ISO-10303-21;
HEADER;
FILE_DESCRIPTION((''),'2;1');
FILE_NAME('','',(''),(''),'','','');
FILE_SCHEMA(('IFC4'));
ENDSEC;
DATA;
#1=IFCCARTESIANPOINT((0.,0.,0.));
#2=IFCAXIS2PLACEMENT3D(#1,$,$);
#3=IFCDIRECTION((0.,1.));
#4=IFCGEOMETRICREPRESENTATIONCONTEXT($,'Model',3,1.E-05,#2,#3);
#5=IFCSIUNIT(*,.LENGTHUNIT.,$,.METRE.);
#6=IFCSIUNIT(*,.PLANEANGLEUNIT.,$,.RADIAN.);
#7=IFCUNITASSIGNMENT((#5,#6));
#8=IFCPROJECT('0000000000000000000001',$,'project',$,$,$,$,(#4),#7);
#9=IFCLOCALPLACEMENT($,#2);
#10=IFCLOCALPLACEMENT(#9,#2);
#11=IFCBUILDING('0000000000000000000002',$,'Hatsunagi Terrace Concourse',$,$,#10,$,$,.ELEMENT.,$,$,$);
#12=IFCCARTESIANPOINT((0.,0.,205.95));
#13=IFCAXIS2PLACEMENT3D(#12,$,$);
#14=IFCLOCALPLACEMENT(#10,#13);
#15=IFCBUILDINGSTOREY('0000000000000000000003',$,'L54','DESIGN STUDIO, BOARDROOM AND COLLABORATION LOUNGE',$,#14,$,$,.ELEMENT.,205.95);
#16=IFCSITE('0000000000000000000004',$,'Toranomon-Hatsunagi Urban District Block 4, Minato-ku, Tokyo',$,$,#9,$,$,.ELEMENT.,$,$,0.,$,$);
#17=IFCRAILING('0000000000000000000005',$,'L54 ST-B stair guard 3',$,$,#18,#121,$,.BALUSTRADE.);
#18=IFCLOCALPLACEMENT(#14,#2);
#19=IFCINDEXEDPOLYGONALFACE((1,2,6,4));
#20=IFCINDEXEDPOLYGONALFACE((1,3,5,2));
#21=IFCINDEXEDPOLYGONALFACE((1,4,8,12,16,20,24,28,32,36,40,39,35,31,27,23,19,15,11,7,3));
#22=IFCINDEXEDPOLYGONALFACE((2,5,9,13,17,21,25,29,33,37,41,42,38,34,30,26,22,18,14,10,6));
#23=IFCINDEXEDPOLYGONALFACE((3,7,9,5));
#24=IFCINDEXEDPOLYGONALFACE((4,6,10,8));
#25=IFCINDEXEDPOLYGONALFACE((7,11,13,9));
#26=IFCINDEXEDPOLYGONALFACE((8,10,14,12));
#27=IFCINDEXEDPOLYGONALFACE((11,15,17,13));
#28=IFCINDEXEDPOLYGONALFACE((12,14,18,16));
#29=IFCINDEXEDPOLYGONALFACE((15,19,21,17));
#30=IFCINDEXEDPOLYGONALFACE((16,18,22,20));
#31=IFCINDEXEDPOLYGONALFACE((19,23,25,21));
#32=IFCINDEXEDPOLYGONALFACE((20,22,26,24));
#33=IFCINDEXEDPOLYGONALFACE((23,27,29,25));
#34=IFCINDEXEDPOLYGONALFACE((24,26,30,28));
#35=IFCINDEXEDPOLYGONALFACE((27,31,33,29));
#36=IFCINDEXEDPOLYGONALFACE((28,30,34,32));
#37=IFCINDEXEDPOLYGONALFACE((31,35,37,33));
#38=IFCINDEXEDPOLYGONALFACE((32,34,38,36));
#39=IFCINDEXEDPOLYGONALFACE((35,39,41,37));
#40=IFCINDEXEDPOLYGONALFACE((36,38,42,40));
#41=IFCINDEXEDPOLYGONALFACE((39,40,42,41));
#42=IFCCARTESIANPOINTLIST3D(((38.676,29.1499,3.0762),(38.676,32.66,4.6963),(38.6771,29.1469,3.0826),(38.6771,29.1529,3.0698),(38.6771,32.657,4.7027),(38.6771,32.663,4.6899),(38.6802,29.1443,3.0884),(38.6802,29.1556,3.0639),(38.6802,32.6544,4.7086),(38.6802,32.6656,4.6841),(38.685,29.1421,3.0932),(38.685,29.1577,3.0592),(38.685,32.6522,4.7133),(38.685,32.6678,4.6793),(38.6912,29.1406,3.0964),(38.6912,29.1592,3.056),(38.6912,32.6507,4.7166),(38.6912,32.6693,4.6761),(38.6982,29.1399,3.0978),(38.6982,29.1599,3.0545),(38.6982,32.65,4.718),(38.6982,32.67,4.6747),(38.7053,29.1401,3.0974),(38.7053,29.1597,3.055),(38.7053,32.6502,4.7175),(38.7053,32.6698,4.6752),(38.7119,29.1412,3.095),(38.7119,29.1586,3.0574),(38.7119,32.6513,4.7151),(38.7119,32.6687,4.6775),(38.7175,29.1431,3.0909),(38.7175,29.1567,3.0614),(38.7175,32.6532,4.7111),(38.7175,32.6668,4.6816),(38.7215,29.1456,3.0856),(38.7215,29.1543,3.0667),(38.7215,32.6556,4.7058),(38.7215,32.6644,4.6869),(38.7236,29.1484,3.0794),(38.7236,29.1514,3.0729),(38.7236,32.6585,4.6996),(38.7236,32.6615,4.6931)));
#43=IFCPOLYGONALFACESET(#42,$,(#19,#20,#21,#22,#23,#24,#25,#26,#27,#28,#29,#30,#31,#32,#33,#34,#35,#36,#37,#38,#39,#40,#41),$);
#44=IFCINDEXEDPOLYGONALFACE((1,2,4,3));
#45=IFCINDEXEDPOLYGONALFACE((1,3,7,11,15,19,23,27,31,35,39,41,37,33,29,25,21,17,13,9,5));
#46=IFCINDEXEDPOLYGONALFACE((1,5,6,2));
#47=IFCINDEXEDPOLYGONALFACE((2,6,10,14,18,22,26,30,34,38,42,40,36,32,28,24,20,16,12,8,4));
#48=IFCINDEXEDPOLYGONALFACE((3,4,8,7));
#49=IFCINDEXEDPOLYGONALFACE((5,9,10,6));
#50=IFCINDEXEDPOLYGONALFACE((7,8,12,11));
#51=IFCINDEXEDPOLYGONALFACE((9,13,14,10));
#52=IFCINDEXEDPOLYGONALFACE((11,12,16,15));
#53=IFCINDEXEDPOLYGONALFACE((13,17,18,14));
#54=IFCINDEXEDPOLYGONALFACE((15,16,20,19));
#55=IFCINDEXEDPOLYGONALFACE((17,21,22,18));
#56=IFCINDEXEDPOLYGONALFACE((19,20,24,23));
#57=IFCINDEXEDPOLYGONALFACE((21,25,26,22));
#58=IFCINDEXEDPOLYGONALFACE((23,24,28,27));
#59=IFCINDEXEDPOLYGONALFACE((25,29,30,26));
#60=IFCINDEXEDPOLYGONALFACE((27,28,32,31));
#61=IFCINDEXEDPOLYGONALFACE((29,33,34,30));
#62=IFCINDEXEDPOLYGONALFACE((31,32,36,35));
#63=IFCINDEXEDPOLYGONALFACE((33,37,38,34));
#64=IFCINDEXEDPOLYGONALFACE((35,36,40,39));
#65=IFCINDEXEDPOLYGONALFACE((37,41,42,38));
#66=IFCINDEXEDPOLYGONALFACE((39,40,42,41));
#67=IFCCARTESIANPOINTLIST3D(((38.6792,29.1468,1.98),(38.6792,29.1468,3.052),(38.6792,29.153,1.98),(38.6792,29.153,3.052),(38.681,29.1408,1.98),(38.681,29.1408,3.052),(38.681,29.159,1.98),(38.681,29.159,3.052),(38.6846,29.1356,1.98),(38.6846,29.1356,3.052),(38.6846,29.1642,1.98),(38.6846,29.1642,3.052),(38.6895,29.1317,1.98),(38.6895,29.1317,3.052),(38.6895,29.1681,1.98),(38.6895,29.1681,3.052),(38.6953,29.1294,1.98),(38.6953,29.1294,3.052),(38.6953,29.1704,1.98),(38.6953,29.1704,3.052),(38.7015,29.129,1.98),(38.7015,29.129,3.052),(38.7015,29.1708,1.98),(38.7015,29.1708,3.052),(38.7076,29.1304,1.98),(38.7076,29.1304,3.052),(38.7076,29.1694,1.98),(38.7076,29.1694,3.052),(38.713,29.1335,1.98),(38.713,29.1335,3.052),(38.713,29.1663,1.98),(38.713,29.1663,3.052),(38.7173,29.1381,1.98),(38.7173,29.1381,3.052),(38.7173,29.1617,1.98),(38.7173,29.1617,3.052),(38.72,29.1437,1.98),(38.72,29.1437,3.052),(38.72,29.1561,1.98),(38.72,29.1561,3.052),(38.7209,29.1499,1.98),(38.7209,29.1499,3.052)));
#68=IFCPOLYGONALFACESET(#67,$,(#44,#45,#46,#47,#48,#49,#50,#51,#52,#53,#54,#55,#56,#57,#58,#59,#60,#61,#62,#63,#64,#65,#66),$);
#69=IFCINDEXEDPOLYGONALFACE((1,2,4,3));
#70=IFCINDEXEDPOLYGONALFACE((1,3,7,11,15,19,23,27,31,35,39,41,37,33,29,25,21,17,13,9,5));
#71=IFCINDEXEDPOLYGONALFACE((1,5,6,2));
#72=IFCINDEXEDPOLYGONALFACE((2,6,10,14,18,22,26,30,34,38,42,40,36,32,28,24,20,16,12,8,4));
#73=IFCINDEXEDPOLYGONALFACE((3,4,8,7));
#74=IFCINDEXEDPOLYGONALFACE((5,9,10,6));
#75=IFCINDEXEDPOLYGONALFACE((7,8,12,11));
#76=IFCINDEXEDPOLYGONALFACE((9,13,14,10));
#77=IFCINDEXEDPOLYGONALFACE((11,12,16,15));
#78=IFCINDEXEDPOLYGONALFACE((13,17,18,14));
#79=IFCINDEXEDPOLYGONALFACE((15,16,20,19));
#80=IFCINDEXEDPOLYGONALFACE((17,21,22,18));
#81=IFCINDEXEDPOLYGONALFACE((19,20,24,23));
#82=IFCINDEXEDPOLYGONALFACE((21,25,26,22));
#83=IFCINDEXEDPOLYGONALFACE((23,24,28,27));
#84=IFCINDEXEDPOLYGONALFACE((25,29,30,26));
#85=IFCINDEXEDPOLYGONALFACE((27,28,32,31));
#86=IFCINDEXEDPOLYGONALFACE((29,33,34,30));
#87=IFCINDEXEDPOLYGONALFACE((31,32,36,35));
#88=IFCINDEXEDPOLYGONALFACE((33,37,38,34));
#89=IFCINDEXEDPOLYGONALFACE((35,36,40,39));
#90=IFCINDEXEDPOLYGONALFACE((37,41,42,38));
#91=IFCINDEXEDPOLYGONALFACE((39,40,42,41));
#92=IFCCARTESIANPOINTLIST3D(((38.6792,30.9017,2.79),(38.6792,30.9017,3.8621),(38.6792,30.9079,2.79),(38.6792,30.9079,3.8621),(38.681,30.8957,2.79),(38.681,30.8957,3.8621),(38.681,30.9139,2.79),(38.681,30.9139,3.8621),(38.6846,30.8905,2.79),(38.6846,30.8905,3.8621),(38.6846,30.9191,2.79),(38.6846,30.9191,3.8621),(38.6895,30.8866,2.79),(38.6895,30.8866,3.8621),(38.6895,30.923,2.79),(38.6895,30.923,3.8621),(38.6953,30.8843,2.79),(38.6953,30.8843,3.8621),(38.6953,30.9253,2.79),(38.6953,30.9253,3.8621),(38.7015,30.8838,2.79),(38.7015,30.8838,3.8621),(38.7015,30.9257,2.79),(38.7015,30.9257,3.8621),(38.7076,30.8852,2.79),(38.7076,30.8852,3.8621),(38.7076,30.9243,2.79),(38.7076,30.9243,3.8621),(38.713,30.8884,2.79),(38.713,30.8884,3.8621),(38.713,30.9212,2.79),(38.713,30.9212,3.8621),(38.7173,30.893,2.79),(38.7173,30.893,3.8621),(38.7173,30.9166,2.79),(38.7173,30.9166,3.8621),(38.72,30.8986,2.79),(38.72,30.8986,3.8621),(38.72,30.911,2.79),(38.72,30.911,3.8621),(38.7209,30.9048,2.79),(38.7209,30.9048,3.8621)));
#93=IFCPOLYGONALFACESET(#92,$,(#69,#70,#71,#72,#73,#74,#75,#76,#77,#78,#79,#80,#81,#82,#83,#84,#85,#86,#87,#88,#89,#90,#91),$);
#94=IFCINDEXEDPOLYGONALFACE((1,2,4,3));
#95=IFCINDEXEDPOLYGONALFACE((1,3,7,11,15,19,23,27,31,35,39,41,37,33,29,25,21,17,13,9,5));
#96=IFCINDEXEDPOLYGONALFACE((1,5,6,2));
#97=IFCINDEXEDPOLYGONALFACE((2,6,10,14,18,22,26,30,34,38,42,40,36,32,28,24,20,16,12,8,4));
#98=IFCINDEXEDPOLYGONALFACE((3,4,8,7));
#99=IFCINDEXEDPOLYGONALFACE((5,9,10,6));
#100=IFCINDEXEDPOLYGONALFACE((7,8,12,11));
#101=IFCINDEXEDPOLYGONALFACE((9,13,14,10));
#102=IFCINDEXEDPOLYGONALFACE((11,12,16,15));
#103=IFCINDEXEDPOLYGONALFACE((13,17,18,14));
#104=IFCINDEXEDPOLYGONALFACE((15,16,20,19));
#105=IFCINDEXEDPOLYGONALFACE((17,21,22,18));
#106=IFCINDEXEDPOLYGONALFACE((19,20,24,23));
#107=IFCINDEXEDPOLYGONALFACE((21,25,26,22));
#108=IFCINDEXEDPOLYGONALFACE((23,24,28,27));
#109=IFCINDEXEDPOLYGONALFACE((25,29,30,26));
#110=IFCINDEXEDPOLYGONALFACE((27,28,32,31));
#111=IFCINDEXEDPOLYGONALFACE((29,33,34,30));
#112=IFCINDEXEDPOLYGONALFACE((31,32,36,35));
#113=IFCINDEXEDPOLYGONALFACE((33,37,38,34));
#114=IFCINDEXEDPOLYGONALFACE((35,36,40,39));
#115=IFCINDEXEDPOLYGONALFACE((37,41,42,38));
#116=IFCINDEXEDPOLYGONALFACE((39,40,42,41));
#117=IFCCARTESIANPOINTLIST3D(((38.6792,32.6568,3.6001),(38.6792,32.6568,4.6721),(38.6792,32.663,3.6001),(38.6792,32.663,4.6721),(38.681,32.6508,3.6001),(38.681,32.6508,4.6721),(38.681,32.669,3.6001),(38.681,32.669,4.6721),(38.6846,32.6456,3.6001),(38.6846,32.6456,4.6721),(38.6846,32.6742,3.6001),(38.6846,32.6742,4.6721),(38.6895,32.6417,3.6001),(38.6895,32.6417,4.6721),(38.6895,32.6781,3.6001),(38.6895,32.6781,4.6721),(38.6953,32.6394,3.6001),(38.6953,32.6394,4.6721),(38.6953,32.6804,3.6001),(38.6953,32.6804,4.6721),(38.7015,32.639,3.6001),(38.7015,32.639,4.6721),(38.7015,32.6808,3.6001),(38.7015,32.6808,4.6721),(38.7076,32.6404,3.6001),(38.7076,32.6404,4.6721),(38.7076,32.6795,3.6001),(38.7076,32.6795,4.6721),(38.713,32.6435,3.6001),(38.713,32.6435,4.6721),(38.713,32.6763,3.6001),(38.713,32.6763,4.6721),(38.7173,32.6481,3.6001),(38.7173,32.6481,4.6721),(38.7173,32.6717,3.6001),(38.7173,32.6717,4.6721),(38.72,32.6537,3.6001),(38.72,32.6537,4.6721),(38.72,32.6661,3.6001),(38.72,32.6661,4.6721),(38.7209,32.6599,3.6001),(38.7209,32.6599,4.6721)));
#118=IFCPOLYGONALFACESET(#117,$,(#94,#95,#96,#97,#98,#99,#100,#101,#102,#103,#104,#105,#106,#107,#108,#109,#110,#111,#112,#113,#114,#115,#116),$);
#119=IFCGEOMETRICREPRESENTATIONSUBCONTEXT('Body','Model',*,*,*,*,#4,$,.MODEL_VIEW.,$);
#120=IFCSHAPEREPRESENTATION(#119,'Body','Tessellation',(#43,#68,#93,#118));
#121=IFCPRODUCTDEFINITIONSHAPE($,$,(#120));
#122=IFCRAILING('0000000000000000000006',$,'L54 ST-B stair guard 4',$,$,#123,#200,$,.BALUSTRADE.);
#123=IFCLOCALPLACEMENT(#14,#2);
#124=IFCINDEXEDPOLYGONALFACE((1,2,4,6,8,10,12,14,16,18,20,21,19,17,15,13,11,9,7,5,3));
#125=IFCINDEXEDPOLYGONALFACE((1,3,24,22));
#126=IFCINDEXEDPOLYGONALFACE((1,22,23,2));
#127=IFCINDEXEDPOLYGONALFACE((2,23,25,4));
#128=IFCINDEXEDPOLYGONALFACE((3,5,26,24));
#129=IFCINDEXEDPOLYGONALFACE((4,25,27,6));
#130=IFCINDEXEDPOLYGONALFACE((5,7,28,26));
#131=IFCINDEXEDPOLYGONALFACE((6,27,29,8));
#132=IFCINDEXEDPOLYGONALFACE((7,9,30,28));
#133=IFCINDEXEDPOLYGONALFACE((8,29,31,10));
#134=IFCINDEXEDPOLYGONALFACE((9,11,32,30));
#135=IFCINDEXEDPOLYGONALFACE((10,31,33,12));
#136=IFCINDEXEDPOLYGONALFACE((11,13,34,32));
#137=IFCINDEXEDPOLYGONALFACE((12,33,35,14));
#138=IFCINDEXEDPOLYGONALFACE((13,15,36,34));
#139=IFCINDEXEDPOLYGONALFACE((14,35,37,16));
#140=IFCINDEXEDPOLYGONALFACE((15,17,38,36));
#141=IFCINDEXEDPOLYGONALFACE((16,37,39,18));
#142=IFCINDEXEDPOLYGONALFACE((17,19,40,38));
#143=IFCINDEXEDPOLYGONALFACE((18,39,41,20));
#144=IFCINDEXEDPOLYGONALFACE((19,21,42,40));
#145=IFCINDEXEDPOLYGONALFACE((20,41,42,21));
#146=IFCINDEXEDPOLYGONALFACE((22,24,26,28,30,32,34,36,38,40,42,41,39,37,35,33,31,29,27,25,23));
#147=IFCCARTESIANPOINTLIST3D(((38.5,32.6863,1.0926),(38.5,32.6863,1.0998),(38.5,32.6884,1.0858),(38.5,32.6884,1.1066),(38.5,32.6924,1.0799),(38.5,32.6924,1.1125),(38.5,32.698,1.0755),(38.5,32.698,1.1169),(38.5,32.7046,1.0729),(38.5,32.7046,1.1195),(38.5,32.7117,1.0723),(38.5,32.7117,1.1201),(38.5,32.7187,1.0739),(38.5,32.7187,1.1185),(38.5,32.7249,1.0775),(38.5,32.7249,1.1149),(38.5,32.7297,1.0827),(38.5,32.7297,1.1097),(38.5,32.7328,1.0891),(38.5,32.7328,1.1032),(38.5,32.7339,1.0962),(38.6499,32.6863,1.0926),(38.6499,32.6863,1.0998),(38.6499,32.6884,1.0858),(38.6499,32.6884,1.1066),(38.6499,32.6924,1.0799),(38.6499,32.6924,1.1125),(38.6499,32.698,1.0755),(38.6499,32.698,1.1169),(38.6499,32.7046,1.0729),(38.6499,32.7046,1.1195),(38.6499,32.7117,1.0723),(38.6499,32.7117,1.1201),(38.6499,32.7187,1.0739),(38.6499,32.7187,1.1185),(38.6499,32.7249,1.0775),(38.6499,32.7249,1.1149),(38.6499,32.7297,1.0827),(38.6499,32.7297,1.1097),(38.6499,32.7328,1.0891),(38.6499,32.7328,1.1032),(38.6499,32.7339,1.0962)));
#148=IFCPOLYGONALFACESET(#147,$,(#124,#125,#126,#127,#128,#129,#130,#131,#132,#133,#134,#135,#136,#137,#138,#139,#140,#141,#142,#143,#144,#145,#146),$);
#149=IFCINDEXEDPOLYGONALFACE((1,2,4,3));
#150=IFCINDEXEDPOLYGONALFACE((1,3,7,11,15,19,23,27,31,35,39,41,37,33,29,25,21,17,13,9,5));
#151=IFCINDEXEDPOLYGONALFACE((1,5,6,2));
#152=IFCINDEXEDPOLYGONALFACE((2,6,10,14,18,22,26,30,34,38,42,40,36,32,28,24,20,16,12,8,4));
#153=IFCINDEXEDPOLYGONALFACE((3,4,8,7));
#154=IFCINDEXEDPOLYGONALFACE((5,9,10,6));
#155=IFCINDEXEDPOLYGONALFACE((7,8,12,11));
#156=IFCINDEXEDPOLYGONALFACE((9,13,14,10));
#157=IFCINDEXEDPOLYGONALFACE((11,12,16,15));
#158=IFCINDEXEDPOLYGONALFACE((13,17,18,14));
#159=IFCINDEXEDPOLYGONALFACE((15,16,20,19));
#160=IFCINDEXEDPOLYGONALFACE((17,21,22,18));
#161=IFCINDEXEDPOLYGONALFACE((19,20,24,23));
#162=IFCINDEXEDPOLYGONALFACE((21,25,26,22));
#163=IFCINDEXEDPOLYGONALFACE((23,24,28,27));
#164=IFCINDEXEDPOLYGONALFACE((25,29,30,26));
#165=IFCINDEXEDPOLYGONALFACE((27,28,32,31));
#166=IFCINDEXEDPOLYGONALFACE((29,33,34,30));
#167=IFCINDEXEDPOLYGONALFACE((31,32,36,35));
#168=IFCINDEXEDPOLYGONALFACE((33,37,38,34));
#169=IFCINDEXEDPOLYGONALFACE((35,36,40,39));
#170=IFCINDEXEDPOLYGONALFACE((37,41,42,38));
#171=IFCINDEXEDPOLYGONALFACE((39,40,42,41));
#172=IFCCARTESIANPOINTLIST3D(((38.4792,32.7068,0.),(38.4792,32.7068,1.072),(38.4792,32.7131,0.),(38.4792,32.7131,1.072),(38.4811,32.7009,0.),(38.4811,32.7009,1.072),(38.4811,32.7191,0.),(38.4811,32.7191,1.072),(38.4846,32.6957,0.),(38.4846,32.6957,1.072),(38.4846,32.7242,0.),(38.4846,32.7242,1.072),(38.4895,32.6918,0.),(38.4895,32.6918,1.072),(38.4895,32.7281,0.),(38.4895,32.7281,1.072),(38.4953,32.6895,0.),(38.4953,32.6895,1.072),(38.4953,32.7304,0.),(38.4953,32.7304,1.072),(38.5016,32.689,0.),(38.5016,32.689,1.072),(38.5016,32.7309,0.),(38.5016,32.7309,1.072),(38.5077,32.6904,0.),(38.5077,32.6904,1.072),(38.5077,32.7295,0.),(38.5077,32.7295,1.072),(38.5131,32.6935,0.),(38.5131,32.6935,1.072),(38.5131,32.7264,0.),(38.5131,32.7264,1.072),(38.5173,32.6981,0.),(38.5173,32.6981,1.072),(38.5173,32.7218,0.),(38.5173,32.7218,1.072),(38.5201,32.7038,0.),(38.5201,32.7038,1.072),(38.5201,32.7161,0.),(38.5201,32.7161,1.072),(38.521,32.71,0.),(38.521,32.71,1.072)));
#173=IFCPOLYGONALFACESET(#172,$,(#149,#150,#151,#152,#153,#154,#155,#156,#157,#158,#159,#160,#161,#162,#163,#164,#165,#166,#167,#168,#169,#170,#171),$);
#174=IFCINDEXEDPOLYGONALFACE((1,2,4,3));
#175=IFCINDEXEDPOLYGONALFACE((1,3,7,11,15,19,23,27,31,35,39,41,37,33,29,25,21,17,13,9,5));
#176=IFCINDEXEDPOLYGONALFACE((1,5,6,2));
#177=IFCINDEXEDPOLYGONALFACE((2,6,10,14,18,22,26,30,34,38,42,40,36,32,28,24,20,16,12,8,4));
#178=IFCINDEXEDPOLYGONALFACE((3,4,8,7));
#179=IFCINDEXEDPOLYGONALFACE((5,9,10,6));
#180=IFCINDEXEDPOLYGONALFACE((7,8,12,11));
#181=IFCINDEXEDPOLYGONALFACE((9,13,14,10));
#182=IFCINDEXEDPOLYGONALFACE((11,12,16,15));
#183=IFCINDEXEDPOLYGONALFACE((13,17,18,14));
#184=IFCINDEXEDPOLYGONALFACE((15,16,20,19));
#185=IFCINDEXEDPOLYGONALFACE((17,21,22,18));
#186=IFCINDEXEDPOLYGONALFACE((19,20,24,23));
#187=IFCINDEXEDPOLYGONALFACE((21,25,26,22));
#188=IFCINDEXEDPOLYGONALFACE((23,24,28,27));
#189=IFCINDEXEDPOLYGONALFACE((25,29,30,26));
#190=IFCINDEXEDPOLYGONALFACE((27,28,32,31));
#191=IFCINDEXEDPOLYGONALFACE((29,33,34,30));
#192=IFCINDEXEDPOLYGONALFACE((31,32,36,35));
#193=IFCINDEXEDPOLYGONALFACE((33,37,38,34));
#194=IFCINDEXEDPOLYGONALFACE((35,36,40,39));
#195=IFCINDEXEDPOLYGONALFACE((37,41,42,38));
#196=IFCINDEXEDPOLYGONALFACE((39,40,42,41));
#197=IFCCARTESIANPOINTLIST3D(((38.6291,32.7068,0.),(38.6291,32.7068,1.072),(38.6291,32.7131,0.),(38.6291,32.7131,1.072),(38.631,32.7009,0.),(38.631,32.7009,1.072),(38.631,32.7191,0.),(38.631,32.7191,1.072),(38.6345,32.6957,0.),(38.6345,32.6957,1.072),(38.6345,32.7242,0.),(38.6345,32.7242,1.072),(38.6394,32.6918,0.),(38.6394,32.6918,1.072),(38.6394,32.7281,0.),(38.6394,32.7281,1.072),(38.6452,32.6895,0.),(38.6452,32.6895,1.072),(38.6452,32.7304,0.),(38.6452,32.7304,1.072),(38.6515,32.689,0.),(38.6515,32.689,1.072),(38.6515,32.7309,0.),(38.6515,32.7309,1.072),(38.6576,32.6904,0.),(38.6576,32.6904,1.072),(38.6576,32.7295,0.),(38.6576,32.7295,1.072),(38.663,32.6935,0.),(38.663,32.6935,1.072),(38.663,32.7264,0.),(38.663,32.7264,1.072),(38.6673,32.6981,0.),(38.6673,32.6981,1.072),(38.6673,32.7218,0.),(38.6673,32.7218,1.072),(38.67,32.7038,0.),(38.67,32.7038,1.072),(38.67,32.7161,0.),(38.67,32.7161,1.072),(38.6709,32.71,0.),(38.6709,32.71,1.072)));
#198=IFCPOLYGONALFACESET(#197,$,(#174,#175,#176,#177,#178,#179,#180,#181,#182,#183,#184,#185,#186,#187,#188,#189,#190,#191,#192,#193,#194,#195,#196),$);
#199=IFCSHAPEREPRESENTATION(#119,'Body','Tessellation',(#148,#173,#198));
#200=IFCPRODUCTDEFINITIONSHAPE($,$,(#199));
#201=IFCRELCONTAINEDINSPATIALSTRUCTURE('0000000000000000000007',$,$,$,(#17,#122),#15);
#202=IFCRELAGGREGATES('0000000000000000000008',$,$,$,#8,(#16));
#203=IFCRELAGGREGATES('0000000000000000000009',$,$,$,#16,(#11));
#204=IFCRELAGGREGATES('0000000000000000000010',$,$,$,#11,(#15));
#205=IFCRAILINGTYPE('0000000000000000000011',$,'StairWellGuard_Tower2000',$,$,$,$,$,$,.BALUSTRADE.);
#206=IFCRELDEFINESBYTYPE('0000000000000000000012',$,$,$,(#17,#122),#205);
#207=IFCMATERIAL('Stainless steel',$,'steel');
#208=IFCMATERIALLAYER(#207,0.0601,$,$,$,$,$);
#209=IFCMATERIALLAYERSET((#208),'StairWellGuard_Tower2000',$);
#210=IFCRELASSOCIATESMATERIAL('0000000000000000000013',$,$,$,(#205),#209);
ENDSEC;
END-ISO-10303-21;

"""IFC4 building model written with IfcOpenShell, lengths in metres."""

from ifc_helpers import new_model, si_unit, direction, frame, origin, origin_2d, place, context, subcontext, project, spatial, circle, extrude, material, layer, layer_set, type_object, element, save


model = new_model("IFC4")

# Units and contexts
model_context = context("Model", 3, precision=1e-05, world=origin(), true_north=direction((0.0, 1.0)))
body_context = subcontext(model_context, "Body", "Model", "MODEL_VIEW")
ifc_project = project(units=[si_unit("LENGTHUNIT", "METRE"), si_unit("PLANEANGLEUNIT", "RADIAN")], contexts=[model_context])

# Site, building, storey
site_placement = place(None, origin())
site = spatial("IfcSite", under=ifc_project, at=site_placement, Name="Toranomon-Hatsunagi Urban District Block 4, Minato-ku, Tokyo", CompositionType="ELEMENT", RefElevation=0.0)
building_placement = place(site_placement, origin())
building = spatial("IfcBuilding", under=site, at=building_placement, Name="Hatsunagi Terrace Concourse", CompositionType="ELEMENT")
storey_placement = place(building_placement, frame((0.0, 0.0, 205.95)))
storey = spatial("IfcBuildingStorey", under=building, at=storey_placement, Name="L54", Description="DESIGN STUDIO, BOARDROOM AND COLLABORATION LOUNGE", CompositionType="ELEMENT", Elevation=205.95)

# Railings
ifc_material_1 = material(Name="Stainless steel", Category="steel")
ifc_layer_1 = layer(ifc_material_1, 0.0601)
ifc_layer_set_1 = layer_set([ifc_layer_1], Name="StairWellGuard_Tower2000")
railing_type_1 = type_object("IfcRailingType", Name="StairWellGuard_Tower2000", PredefinedType="BALUSTRADE", material=ifc_layer_set_1)
railing_1_placement = place(storey_placement, frame((38.7, 29.1499, 1.98)))
element("IfcRailing", 1, at=railing_1_placement, inside=storey, type_object=railing_type_1, Name="L54 ST-B stair guard 3", PredefinedType="BALUSTRADE", context=body_context, shape_type="SweptSolid", body=[
    extrude(circle(Radius=0.0239, at=origin_2d()), frame((0.0, 0.0, 1.0962), z_axis=(0.0, 0.907948, 0.419082), x_axis=(-1.0, 0.0, 0.0)), (0.0, 0.0, 1.0), 3.866),
    extrude(circle(Radius=0.021, at=origin_2d()), origin(), (0.0, 0.0, 1.0), 1.072),
    extrude(circle(Radius=0.021, at=origin_2d()), frame((0.0, 1.7549, 0.8101)), (0.0, 0.0, 1.0), 1.072),
    extrude(circle(Radius=0.021, at=origin_2d()), frame((0.0, 3.51, 1.6201)), (0.0, 0.0, 1.0), 1.072),
])
railing_2_placement = place(storey_placement, frame((38.5, 32.71, 0.0)))
element("IfcRailing", 2, at=railing_2_placement, inside=storey, type_object=railing_type_1, Name="L54 ST-B stair guard 4", PredefinedType="BALUSTRADE", context=body_context, shape_type="SweptSolid", body=[
    extrude(circle(Radius=0.0239, at=origin_2d()), frame((0.0, 0.0, 1.0962), z_axis=(1.0, 0.0, 0.0), x_axis=(0.0, 1.0, 0.0)), (0.0, 0.0, 1.0), 0.1499),
    extrude(circle(Radius=0.021, at=origin_2d()), origin(), (0.0, 0.0, 1.0), 1.072),
    extrude(circle(Radius=0.021, at=origin_2d()), frame((0.1499, 0.0, 0.0)), (0.0, 0.0, 1.0), 1.072),
])

save(model, "model.ifc")
